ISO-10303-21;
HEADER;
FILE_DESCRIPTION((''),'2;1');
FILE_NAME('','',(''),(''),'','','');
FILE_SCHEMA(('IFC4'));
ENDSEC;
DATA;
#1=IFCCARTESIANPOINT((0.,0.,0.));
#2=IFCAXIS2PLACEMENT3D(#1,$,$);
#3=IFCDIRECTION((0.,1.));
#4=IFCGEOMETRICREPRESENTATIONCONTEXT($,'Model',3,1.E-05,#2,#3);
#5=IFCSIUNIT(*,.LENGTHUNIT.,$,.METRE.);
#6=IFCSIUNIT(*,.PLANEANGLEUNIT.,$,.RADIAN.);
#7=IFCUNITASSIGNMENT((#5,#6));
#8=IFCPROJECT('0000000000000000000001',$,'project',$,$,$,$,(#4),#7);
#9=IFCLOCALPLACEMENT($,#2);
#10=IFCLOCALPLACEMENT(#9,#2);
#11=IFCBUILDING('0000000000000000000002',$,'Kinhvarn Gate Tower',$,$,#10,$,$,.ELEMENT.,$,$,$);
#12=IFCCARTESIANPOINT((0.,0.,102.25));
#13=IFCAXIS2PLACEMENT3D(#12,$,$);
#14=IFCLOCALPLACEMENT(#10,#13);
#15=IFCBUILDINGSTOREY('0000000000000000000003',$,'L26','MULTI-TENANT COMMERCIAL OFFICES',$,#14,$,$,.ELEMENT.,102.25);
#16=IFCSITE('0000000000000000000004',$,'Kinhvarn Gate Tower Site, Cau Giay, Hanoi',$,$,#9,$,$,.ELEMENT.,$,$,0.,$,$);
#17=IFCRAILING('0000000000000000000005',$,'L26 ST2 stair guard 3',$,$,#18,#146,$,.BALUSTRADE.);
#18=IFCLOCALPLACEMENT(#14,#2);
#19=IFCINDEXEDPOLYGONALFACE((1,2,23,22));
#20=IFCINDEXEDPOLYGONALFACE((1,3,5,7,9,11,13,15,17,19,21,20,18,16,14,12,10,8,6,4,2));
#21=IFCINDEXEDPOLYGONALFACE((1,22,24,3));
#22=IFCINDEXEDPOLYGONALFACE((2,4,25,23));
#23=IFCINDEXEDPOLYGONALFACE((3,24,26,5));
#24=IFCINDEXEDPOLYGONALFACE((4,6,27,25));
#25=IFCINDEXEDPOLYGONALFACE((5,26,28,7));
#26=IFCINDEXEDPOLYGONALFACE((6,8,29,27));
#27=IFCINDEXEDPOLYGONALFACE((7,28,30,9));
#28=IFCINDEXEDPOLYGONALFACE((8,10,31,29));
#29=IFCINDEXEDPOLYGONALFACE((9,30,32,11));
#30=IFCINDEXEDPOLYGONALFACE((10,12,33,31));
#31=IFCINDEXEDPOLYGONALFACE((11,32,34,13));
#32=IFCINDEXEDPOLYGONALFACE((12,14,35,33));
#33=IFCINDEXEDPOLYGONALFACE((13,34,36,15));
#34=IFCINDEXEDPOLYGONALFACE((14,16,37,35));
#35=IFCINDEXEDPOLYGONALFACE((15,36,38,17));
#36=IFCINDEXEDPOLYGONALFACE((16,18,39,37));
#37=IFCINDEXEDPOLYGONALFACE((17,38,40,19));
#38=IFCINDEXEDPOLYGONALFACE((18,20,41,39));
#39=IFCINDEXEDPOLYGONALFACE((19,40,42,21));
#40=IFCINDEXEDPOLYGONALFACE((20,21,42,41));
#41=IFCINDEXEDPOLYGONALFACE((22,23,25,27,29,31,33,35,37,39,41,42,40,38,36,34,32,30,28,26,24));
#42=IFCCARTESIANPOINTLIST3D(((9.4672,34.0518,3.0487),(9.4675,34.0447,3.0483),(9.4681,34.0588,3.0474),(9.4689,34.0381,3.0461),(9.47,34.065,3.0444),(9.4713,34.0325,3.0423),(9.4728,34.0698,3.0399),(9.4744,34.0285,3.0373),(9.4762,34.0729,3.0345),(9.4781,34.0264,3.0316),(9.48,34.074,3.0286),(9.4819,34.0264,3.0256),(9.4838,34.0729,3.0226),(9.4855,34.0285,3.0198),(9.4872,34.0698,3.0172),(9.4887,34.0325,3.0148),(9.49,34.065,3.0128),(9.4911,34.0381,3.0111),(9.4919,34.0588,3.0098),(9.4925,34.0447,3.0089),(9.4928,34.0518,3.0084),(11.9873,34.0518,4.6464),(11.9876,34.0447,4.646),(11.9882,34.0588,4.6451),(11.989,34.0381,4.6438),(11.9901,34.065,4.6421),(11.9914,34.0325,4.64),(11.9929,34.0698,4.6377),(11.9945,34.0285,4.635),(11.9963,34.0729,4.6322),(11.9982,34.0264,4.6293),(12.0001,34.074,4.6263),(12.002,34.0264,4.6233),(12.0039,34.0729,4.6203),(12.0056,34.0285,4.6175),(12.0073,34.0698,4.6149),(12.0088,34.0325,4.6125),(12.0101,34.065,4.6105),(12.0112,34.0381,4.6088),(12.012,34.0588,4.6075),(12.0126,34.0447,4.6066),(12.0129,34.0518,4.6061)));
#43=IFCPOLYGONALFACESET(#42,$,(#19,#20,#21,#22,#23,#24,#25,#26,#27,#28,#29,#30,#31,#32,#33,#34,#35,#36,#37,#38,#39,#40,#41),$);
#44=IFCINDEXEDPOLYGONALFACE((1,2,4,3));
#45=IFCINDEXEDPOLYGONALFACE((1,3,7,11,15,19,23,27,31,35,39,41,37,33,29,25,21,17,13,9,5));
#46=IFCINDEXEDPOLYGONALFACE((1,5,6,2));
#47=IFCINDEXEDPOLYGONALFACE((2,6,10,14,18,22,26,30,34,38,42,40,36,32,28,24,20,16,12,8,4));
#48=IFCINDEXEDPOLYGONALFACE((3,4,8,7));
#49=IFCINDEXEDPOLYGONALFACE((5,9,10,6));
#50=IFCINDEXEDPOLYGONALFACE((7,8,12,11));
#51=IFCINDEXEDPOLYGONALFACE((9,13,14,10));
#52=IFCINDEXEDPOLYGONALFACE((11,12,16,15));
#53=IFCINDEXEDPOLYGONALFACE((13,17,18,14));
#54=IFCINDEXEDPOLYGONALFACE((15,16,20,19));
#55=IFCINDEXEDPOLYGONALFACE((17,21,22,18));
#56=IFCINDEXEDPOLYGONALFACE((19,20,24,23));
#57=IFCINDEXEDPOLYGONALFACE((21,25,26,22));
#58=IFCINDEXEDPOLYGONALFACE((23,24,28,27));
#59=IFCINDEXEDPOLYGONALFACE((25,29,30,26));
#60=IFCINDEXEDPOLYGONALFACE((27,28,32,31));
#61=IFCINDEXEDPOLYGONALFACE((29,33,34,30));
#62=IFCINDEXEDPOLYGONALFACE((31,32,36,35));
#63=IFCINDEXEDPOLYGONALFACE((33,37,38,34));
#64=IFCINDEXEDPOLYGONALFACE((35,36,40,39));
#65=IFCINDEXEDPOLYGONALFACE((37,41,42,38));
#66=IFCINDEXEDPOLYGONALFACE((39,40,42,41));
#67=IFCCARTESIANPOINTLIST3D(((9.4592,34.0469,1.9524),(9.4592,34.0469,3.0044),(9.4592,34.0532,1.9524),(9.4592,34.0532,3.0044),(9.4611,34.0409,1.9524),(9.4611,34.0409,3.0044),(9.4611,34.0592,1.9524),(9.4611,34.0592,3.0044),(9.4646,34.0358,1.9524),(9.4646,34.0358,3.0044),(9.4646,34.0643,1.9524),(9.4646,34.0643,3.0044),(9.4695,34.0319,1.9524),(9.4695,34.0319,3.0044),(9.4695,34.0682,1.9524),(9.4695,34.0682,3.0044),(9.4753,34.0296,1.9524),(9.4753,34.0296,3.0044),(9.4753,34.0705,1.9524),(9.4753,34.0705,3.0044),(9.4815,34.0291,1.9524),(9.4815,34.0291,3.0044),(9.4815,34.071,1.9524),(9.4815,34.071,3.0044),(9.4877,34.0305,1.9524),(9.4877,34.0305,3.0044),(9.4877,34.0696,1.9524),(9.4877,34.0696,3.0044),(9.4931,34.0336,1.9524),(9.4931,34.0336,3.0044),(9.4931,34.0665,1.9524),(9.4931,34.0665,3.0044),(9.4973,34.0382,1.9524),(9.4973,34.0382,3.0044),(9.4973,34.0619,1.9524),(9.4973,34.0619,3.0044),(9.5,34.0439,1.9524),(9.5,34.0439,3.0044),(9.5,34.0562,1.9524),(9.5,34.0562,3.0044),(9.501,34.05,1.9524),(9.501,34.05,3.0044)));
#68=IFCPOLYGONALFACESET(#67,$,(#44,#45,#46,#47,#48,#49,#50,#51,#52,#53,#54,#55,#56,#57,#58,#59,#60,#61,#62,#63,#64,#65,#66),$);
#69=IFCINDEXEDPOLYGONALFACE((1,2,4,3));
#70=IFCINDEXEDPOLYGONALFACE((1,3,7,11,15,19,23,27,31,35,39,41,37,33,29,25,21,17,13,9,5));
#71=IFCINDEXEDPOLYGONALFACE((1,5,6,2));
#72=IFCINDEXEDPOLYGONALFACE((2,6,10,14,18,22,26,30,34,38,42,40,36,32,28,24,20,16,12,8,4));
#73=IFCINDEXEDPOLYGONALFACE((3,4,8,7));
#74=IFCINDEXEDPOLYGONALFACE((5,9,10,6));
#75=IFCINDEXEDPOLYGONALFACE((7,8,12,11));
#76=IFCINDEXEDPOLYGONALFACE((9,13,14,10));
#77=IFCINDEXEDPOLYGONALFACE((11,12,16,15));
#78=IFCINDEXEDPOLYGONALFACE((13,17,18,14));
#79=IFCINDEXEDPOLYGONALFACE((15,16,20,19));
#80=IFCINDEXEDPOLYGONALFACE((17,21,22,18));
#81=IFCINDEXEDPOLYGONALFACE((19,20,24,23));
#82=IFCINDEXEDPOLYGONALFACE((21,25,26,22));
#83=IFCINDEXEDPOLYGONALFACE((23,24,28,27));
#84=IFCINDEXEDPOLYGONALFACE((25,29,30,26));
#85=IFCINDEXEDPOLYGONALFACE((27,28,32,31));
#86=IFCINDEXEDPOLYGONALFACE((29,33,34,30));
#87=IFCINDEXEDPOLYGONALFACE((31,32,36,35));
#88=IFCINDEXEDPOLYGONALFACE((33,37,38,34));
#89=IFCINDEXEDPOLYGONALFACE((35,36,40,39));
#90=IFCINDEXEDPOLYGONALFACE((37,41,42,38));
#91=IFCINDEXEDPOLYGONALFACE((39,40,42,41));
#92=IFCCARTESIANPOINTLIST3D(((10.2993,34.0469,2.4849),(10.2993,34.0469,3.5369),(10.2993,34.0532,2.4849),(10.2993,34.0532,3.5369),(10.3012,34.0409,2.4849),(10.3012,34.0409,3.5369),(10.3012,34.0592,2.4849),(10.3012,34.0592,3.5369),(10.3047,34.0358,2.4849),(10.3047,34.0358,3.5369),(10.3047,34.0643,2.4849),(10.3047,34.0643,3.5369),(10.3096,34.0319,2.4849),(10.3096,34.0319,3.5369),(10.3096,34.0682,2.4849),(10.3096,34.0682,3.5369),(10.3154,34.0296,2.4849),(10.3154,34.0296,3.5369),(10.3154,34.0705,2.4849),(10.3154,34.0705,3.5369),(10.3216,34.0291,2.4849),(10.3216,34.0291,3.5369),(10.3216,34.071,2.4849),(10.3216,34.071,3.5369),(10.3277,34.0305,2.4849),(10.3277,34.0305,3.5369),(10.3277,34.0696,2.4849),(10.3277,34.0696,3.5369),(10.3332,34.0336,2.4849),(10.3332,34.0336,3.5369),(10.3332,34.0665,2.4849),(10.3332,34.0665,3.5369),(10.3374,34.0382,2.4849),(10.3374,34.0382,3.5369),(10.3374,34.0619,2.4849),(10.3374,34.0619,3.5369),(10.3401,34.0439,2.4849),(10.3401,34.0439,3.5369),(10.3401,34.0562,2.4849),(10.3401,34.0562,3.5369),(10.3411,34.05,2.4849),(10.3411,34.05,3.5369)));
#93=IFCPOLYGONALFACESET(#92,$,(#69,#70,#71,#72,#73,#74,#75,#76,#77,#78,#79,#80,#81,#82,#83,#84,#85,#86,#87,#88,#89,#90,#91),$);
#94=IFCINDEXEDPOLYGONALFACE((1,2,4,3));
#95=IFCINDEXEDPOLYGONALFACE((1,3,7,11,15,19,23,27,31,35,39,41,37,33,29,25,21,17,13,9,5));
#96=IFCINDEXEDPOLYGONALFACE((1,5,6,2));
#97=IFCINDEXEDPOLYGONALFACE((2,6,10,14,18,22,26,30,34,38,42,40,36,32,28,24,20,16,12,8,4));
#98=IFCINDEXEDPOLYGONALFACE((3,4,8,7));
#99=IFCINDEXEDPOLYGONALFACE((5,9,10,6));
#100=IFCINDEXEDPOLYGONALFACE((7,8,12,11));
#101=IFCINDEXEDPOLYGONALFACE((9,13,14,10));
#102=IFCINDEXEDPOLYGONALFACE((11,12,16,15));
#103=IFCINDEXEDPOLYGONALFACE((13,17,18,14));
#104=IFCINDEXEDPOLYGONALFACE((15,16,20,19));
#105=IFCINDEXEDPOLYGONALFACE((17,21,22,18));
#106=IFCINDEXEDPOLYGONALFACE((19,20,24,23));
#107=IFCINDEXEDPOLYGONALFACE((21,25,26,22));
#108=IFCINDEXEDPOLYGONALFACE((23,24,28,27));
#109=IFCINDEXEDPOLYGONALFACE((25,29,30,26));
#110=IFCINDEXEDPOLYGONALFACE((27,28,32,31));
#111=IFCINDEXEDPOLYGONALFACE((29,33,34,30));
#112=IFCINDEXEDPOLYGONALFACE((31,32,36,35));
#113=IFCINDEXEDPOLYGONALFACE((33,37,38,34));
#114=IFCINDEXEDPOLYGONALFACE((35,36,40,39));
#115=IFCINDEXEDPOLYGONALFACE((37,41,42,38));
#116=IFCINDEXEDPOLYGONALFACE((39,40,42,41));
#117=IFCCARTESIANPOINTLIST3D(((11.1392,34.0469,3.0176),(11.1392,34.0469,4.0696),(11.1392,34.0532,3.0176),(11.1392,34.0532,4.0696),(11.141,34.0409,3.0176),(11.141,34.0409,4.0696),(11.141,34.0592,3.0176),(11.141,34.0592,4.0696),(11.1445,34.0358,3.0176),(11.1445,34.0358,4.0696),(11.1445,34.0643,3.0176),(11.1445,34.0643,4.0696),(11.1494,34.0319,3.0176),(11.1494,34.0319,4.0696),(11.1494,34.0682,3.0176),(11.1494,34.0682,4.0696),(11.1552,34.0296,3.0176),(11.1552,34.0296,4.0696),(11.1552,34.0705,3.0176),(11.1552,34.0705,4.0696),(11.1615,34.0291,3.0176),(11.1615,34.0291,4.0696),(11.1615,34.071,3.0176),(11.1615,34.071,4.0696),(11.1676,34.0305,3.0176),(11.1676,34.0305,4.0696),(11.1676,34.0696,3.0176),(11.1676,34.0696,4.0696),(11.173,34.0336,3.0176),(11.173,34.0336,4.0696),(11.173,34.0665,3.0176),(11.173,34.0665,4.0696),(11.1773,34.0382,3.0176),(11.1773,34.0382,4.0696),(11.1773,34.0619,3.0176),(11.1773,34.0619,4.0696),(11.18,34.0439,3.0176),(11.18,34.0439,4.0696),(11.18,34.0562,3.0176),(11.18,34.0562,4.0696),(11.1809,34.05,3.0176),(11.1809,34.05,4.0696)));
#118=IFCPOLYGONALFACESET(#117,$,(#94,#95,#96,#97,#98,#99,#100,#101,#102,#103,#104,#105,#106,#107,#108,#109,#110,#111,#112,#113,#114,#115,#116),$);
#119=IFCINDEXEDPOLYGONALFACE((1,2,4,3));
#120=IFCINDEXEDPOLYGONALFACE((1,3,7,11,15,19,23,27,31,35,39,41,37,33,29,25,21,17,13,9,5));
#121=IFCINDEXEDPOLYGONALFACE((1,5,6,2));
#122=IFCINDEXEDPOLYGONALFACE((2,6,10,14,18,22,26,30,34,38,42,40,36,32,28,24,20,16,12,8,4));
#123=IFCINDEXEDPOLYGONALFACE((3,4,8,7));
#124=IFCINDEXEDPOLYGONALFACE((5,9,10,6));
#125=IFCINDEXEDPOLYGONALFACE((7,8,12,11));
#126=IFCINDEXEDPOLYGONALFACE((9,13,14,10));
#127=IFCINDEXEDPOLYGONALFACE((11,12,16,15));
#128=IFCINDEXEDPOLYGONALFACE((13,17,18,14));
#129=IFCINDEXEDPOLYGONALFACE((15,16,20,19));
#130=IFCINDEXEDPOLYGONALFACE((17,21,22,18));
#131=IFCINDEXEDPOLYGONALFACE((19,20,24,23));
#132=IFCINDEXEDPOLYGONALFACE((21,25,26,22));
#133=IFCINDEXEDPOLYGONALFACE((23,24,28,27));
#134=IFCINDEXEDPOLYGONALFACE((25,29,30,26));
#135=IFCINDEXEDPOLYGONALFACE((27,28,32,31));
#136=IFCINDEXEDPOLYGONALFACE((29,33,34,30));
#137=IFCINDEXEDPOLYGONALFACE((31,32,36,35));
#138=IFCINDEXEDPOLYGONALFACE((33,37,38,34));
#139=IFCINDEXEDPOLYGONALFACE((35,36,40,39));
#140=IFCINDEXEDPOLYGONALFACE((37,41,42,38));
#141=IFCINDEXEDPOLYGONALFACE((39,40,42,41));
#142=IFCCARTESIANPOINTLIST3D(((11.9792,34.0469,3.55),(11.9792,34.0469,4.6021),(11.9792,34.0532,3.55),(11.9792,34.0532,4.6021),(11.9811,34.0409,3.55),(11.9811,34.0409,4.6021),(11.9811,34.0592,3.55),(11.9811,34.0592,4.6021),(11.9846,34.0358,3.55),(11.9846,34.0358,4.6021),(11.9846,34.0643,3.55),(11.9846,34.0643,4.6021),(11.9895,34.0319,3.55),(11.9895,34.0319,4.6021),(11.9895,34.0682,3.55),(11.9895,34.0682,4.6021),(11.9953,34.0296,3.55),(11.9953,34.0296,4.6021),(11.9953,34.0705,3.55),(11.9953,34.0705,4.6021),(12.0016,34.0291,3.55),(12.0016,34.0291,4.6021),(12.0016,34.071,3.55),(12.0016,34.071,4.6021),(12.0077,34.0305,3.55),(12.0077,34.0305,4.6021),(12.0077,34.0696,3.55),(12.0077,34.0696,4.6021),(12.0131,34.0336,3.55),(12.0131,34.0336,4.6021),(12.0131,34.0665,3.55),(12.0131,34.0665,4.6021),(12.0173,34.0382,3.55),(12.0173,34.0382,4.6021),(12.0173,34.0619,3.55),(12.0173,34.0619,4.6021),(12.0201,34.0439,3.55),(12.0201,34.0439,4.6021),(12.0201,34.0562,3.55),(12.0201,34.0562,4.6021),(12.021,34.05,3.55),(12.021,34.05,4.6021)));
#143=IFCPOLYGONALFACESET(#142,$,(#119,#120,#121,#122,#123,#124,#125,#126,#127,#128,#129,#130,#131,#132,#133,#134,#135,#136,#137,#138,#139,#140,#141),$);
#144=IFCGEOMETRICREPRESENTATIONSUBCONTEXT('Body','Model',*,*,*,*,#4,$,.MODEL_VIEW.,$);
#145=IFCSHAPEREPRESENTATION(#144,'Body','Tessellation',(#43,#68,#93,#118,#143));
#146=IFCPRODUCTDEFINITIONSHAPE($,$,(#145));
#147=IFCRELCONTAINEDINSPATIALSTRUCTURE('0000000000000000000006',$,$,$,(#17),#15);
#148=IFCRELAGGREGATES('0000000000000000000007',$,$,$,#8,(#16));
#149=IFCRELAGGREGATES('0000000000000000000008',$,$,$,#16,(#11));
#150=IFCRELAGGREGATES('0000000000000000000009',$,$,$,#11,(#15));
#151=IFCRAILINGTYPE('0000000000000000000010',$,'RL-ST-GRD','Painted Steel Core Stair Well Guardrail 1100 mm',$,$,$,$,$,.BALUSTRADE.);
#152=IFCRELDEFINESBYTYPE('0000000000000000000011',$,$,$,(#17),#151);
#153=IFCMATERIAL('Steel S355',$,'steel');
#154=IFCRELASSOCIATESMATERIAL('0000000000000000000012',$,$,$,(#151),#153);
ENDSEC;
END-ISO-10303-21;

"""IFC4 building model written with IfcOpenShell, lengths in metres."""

from ifc_helpers import new_model, si_unit, direction, frame, origin, origin_2d, place, context, subcontext, project, spatial, circle, extrude, material, type_object, element, save


model = new_model("IFC4")

# Units and contexts
model_context = context("Model", 3, precision=1e-05, world=origin(), true_north=direction((0.0, 1.0)))
body_context = subcontext(model_context, "Body", "Model", "MODEL_VIEW")
ifc_project = project(units=[si_unit("LENGTHUNIT", "METRE"), si_unit("PLANEANGLEUNIT", "RADIAN")], contexts=[model_context])

# Site, building, storey
site_placement = place(None, origin())
site = spatial("IfcSite", under=ifc_project, at=site_placement, Name="Kinhvarn Gate Tower Site, Cau Giay, Hanoi", CompositionType="ELEMENT", RefElevation=0.0)
building_placement = place(site_placement, origin())
building = spatial("IfcBuilding", under=site, at=building_placement, Name="Kinhvarn Gate Tower", CompositionType="ELEMENT")
storey_placement = place(building_placement, frame((0.0, 0.0, 102.25)))
storey = spatial("IfcBuildingStorey", under=building, at=storey_placement, Name="L26", Description="MULTI-TENANT COMMERCIAL OFFICES", CompositionType="ELEMENT", Elevation=102.25)

# Shared definitions
ifc_material_1 = material(Name="Steel S355", Category="steel")

# Railing
railing_type_1 = type_object("IfcRailingType", Name="RL-ST-GRD", Description="Painted Steel Core Stair Well Guardrail 1100 mm", PredefinedType="BALUSTRADE", material=ifc_material_1)
railing_1_placement = place(storey_placement, frame((9.48, 34.05, 1.9524)))
element("IfcRailing", 1, at=railing_1_placement, inside=storey, type_object=railing_type_1, Name="L26 ST2 stair guard 3", PredefinedType="BALUSTRADE", context=body_context, shape_type="SweptSolid", body=[
    extrude(circle(Radius=0.0239, at=origin_2d()), frame((0.0, 0.0, 1.0762), z_axis=(0.84457, 0.0, 0.535445), x_axis=(0.0, 1.0, 0.0)), (0.0, 0.0, 1.0), 2.9839),
    extrude(circle(Radius=0.021, at=origin_2d()), origin(), (0.0, 0.0, 1.0), 1.052),
    extrude(circle(Radius=0.021, at=origin_2d()), frame((0.8401, 0.0, 0.5325)), (0.0, 0.0, 1.0), 1.052),
    extrude(circle(Radius=0.021, at=origin_2d()), frame((1.6799, 0.0, 1.0652)), (0.0, 0.0, 1.0), 1.052),
    extrude(circle(Radius=0.021, at=origin_2d()), frame((2.52, 0.0, 1.5977)), (0.0, 0.0, 1.0), 1.052),
])

save(model, "model.ifc")
